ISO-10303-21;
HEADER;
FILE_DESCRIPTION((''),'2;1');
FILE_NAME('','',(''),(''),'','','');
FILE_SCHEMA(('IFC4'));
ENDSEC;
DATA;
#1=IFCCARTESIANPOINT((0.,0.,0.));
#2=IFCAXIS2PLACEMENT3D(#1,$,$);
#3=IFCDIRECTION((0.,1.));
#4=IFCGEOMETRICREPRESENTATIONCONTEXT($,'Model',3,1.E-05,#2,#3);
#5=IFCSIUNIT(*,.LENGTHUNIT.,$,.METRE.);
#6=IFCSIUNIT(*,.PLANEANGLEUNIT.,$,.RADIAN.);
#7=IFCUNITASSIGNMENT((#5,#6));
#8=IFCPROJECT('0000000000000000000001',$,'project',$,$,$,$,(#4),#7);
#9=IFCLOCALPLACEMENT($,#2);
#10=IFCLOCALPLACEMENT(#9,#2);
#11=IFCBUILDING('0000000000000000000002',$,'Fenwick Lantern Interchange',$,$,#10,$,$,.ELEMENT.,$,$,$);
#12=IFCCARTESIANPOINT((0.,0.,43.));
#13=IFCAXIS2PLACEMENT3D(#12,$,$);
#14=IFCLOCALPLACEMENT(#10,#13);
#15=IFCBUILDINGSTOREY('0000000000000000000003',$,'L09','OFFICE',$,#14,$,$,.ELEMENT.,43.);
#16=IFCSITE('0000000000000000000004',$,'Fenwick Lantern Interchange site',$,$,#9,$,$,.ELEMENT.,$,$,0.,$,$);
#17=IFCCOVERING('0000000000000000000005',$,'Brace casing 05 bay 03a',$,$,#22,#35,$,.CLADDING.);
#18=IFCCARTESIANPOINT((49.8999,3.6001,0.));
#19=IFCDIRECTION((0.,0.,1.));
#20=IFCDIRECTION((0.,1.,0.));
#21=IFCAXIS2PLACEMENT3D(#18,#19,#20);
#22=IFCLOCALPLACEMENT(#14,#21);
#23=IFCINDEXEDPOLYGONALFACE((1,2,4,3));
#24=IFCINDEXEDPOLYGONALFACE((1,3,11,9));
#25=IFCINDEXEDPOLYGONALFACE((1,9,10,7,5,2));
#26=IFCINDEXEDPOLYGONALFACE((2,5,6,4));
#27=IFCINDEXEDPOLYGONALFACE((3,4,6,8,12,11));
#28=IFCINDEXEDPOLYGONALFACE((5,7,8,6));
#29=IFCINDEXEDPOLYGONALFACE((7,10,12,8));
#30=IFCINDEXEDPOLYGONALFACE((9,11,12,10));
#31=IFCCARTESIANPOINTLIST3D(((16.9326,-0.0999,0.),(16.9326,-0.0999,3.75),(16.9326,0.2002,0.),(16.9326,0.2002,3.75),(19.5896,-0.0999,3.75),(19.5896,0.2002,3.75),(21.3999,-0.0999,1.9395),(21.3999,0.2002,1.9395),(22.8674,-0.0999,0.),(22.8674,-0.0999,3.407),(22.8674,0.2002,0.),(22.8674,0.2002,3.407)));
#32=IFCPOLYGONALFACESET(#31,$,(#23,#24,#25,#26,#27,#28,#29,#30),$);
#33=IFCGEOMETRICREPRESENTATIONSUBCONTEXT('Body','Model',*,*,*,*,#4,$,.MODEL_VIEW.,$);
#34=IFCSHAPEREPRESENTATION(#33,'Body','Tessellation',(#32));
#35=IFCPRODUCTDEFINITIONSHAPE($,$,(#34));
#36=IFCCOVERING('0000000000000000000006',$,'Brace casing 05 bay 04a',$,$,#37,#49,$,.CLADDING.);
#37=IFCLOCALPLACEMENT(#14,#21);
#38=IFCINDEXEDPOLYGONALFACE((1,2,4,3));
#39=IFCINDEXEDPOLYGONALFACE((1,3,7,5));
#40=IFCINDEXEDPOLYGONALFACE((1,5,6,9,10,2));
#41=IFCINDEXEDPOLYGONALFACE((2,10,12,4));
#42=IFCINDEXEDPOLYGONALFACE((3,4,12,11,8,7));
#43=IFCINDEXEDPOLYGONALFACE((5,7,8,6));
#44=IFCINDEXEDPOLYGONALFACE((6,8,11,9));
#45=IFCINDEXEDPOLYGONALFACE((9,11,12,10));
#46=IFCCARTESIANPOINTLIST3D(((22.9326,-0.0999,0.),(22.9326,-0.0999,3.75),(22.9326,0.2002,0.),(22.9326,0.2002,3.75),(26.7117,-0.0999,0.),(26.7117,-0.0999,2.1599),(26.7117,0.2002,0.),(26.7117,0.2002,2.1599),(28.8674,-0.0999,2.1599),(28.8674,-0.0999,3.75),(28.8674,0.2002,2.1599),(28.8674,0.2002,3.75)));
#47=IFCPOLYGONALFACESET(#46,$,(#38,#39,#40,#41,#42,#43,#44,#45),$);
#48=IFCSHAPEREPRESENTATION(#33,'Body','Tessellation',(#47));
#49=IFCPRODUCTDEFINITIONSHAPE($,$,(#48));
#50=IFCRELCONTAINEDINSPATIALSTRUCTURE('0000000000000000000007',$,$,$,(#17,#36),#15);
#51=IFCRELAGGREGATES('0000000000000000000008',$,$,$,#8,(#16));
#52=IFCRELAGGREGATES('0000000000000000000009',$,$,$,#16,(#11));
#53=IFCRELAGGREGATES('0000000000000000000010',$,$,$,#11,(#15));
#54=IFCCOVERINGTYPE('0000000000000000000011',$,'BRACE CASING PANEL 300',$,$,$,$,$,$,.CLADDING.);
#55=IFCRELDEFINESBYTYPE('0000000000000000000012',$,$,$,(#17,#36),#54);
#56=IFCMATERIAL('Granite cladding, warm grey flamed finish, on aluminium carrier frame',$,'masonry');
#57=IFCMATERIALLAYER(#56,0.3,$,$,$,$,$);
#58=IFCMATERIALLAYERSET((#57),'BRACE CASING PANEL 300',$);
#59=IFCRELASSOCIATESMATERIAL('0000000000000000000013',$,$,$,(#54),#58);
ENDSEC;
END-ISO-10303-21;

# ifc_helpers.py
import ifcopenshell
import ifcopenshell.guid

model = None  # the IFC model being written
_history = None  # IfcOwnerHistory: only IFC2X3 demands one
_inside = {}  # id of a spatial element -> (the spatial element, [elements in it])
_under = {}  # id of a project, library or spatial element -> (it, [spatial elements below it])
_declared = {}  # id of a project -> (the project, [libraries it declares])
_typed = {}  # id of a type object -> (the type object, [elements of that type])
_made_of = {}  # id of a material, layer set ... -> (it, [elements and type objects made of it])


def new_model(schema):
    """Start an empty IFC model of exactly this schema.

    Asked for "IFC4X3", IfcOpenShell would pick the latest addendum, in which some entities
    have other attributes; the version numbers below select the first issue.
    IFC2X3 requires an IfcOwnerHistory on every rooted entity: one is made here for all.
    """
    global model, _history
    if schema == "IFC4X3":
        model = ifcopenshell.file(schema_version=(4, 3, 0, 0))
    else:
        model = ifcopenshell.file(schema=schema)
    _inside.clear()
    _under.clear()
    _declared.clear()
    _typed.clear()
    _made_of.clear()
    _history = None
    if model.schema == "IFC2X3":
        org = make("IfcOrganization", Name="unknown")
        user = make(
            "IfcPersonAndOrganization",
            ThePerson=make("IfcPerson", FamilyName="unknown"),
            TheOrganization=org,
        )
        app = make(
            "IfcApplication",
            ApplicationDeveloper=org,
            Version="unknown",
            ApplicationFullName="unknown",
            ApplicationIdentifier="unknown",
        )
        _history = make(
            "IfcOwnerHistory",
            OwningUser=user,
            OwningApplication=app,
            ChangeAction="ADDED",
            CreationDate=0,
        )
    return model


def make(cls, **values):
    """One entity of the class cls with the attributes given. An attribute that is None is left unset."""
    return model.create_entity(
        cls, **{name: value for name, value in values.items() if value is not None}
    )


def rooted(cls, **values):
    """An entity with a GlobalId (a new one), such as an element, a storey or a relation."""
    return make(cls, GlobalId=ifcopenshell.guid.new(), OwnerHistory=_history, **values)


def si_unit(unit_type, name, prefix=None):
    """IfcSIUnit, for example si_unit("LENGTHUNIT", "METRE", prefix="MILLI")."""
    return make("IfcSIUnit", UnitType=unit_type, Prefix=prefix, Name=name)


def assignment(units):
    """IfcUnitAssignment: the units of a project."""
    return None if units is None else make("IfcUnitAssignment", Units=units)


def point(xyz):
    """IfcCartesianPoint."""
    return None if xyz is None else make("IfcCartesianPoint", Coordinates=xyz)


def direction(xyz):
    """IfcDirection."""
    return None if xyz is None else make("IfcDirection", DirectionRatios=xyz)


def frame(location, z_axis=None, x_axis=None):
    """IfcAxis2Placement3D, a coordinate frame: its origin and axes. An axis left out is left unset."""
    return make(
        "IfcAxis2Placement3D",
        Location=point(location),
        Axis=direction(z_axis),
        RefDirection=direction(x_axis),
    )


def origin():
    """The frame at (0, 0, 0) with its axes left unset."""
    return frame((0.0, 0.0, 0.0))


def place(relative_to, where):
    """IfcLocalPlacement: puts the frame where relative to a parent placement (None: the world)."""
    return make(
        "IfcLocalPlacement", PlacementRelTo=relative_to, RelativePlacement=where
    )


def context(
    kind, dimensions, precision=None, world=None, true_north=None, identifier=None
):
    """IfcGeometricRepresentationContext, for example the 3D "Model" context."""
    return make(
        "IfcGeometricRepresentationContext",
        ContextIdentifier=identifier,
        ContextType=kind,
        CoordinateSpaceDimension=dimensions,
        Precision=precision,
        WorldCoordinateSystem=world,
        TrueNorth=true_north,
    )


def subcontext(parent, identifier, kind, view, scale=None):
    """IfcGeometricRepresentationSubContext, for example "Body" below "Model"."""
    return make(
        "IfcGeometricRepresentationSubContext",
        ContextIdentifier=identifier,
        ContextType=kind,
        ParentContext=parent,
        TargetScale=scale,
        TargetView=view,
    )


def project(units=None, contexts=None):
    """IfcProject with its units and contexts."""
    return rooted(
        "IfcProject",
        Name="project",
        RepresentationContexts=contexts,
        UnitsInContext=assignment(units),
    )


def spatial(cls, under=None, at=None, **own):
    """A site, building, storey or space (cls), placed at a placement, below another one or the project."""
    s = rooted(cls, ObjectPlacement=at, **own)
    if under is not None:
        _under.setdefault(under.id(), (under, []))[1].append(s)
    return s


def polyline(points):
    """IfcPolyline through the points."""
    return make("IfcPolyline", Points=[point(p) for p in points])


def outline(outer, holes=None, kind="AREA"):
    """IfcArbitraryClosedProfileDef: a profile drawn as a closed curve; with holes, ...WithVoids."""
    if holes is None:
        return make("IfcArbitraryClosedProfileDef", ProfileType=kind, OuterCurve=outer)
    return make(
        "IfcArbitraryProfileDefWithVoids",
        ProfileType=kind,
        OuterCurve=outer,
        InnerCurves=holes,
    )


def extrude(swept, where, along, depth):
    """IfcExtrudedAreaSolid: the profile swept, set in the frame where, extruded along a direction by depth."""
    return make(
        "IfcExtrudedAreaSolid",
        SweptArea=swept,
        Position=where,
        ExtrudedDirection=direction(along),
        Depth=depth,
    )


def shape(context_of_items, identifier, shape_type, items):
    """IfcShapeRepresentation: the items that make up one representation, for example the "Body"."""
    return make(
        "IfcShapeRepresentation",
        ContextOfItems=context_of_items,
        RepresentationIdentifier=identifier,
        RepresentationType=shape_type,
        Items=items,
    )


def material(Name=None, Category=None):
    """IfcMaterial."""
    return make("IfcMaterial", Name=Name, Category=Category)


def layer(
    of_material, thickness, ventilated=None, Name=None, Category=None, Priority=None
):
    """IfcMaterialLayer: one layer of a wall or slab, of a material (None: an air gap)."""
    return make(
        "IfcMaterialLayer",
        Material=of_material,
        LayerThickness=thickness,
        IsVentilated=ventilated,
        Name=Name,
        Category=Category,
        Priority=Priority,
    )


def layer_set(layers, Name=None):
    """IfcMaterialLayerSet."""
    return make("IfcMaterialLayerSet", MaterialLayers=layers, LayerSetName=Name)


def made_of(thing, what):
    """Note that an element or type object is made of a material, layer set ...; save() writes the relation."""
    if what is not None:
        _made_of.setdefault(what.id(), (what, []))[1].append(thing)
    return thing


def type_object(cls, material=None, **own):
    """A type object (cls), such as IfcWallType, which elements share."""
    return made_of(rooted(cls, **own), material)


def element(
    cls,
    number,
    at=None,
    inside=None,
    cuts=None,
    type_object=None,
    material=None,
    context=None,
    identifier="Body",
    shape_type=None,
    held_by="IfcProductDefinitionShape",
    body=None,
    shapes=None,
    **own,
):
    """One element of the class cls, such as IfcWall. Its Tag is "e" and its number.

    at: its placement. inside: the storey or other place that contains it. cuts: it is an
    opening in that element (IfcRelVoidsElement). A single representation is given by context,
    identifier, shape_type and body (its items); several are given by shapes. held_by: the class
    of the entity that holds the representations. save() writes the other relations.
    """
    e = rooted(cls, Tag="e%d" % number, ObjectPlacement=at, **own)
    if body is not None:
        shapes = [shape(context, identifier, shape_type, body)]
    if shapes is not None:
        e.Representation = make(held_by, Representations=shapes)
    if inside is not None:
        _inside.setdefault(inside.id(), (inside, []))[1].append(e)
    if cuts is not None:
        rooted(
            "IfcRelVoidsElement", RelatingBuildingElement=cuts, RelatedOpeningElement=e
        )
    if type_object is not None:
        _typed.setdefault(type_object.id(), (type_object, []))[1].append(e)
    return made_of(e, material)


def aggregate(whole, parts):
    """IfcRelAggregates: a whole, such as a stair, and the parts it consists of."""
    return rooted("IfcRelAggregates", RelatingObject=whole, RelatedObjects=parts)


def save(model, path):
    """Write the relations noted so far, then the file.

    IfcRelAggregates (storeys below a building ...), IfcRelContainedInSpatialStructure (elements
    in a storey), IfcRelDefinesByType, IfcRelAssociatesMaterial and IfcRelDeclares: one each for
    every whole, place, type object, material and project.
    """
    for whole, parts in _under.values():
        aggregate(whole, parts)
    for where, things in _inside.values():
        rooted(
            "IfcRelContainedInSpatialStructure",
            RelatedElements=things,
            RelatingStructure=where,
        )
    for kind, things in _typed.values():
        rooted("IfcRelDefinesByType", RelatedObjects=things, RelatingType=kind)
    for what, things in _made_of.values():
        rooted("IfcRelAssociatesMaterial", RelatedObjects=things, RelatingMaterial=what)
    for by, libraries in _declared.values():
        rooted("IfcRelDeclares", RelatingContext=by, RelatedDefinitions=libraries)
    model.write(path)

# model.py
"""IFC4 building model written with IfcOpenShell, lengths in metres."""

from ifc_helpers import new_model, si_unit, direction, frame, origin, place, context, subcontext, project, spatial, polyline, outline, extrude, material, layer, layer_set, type_object, element, save


model = new_model("IFC4")

# Units and contexts
model_context = context("Model", 3, precision=1e-05, world=origin(), true_north=direction((0.0, 1.0)))
body_context = subcontext(model_context, "Body", "Model", "MODEL_VIEW")
ifc_project = project(units=[si_unit("LENGTHUNIT", "METRE"), si_unit("PLANEANGLEUNIT", "RADIAN")], contexts=[model_context])

# Site, building, storey
site_placement = place(None, origin())
site = spatial("IfcSite", under=ifc_project, at=site_placement, Name="Fenwick Lantern Interchange site", CompositionType="ELEMENT", RefElevation=0.0)
building_placement = place(site_placement, origin())
building = spatial("IfcBuilding", under=site, at=building_placement, Name="Fenwick Lantern Interchange", CompositionType="ELEMENT")
storey_placement = place(building_placement, frame((0.0, 0.0, 43.0)))
storey = spatial("IfcBuildingStorey", under=building, at=storey_placement, Name="L09", Description="OFFICE", CompositionType="ELEMENT", Elevation=43.0)

# Coverings
ifc_material_1 = material(Name="Granite cladding, warm grey flamed finish, on aluminium carrier frame", Category="masonry")
ifc_layer_1 = layer(ifc_material_1, 0.3)
ifc_layer_set_1 = layer_set([ifc_layer_1], Name="BRACE CASING PANEL 300")
covering_type = type_object("IfcCoveringType", Name="BRACE CASING PANEL 300", PredefinedType="CLADDING", material=ifc_layer_set_1)
covering_1_placement = place(storey_placement, frame((49.8999, 3.6001, 0.0), z_axis=(0.0, 0.0, 1.0), x_axis=(0.0, 1.0, 0.0)))
element("IfcCovering", 1, at=covering_1_placement, inside=storey, type_object=covering_type, Name="Brace casing 05 bay 03a", PredefinedType="CLADDING", context=body_context, shape_type="SweptSolid", body=[
    extrude(outline(polyline([(16.9326, 0.0), (22.8674, 0.0), (22.8674, 3.407), (21.3999, 1.9395), (19.5896, 3.75), (16.9326, 3.75), (16.9326, 0.0)])), frame((0.0, 0.2002, 0.0), z_axis=(0.0, -1.0, 0.0), x_axis=(1.0, 0.0, 0.0)), (0.0, 0.0, 1.0), 0.3),
])
covering_2_placement = place(storey_placement, frame((49.8999, 3.6001, 0.0), z_axis=(0.0, 0.0, 1.0), x_axis=(0.0, 1.0, 0.0)))
element("IfcCovering", 2, at=covering_2_placement, inside=storey, type_object=covering_type, Name="Brace casing 05 bay 04a", PredefinedType="CLADDING", context=body_context, shape_type="SweptSolid", body=[
    extrude(outline(polyline([(22.9326, 0.0), (26.7117, 0.0), (26.7117, 2.1599), (28.8674, 2.1599), (28.8674, 3.75), (22.9326, 3.75), (22.9326, 0.0)])), frame((0.0, 0.2002, 0.0), z_axis=(0.0, -1.0, 0.0), x_axis=(1.0, 0.0, 0.0)), (0.0, 0.0, 1.0), 0.3),
])

save(model, "model.ifc")
